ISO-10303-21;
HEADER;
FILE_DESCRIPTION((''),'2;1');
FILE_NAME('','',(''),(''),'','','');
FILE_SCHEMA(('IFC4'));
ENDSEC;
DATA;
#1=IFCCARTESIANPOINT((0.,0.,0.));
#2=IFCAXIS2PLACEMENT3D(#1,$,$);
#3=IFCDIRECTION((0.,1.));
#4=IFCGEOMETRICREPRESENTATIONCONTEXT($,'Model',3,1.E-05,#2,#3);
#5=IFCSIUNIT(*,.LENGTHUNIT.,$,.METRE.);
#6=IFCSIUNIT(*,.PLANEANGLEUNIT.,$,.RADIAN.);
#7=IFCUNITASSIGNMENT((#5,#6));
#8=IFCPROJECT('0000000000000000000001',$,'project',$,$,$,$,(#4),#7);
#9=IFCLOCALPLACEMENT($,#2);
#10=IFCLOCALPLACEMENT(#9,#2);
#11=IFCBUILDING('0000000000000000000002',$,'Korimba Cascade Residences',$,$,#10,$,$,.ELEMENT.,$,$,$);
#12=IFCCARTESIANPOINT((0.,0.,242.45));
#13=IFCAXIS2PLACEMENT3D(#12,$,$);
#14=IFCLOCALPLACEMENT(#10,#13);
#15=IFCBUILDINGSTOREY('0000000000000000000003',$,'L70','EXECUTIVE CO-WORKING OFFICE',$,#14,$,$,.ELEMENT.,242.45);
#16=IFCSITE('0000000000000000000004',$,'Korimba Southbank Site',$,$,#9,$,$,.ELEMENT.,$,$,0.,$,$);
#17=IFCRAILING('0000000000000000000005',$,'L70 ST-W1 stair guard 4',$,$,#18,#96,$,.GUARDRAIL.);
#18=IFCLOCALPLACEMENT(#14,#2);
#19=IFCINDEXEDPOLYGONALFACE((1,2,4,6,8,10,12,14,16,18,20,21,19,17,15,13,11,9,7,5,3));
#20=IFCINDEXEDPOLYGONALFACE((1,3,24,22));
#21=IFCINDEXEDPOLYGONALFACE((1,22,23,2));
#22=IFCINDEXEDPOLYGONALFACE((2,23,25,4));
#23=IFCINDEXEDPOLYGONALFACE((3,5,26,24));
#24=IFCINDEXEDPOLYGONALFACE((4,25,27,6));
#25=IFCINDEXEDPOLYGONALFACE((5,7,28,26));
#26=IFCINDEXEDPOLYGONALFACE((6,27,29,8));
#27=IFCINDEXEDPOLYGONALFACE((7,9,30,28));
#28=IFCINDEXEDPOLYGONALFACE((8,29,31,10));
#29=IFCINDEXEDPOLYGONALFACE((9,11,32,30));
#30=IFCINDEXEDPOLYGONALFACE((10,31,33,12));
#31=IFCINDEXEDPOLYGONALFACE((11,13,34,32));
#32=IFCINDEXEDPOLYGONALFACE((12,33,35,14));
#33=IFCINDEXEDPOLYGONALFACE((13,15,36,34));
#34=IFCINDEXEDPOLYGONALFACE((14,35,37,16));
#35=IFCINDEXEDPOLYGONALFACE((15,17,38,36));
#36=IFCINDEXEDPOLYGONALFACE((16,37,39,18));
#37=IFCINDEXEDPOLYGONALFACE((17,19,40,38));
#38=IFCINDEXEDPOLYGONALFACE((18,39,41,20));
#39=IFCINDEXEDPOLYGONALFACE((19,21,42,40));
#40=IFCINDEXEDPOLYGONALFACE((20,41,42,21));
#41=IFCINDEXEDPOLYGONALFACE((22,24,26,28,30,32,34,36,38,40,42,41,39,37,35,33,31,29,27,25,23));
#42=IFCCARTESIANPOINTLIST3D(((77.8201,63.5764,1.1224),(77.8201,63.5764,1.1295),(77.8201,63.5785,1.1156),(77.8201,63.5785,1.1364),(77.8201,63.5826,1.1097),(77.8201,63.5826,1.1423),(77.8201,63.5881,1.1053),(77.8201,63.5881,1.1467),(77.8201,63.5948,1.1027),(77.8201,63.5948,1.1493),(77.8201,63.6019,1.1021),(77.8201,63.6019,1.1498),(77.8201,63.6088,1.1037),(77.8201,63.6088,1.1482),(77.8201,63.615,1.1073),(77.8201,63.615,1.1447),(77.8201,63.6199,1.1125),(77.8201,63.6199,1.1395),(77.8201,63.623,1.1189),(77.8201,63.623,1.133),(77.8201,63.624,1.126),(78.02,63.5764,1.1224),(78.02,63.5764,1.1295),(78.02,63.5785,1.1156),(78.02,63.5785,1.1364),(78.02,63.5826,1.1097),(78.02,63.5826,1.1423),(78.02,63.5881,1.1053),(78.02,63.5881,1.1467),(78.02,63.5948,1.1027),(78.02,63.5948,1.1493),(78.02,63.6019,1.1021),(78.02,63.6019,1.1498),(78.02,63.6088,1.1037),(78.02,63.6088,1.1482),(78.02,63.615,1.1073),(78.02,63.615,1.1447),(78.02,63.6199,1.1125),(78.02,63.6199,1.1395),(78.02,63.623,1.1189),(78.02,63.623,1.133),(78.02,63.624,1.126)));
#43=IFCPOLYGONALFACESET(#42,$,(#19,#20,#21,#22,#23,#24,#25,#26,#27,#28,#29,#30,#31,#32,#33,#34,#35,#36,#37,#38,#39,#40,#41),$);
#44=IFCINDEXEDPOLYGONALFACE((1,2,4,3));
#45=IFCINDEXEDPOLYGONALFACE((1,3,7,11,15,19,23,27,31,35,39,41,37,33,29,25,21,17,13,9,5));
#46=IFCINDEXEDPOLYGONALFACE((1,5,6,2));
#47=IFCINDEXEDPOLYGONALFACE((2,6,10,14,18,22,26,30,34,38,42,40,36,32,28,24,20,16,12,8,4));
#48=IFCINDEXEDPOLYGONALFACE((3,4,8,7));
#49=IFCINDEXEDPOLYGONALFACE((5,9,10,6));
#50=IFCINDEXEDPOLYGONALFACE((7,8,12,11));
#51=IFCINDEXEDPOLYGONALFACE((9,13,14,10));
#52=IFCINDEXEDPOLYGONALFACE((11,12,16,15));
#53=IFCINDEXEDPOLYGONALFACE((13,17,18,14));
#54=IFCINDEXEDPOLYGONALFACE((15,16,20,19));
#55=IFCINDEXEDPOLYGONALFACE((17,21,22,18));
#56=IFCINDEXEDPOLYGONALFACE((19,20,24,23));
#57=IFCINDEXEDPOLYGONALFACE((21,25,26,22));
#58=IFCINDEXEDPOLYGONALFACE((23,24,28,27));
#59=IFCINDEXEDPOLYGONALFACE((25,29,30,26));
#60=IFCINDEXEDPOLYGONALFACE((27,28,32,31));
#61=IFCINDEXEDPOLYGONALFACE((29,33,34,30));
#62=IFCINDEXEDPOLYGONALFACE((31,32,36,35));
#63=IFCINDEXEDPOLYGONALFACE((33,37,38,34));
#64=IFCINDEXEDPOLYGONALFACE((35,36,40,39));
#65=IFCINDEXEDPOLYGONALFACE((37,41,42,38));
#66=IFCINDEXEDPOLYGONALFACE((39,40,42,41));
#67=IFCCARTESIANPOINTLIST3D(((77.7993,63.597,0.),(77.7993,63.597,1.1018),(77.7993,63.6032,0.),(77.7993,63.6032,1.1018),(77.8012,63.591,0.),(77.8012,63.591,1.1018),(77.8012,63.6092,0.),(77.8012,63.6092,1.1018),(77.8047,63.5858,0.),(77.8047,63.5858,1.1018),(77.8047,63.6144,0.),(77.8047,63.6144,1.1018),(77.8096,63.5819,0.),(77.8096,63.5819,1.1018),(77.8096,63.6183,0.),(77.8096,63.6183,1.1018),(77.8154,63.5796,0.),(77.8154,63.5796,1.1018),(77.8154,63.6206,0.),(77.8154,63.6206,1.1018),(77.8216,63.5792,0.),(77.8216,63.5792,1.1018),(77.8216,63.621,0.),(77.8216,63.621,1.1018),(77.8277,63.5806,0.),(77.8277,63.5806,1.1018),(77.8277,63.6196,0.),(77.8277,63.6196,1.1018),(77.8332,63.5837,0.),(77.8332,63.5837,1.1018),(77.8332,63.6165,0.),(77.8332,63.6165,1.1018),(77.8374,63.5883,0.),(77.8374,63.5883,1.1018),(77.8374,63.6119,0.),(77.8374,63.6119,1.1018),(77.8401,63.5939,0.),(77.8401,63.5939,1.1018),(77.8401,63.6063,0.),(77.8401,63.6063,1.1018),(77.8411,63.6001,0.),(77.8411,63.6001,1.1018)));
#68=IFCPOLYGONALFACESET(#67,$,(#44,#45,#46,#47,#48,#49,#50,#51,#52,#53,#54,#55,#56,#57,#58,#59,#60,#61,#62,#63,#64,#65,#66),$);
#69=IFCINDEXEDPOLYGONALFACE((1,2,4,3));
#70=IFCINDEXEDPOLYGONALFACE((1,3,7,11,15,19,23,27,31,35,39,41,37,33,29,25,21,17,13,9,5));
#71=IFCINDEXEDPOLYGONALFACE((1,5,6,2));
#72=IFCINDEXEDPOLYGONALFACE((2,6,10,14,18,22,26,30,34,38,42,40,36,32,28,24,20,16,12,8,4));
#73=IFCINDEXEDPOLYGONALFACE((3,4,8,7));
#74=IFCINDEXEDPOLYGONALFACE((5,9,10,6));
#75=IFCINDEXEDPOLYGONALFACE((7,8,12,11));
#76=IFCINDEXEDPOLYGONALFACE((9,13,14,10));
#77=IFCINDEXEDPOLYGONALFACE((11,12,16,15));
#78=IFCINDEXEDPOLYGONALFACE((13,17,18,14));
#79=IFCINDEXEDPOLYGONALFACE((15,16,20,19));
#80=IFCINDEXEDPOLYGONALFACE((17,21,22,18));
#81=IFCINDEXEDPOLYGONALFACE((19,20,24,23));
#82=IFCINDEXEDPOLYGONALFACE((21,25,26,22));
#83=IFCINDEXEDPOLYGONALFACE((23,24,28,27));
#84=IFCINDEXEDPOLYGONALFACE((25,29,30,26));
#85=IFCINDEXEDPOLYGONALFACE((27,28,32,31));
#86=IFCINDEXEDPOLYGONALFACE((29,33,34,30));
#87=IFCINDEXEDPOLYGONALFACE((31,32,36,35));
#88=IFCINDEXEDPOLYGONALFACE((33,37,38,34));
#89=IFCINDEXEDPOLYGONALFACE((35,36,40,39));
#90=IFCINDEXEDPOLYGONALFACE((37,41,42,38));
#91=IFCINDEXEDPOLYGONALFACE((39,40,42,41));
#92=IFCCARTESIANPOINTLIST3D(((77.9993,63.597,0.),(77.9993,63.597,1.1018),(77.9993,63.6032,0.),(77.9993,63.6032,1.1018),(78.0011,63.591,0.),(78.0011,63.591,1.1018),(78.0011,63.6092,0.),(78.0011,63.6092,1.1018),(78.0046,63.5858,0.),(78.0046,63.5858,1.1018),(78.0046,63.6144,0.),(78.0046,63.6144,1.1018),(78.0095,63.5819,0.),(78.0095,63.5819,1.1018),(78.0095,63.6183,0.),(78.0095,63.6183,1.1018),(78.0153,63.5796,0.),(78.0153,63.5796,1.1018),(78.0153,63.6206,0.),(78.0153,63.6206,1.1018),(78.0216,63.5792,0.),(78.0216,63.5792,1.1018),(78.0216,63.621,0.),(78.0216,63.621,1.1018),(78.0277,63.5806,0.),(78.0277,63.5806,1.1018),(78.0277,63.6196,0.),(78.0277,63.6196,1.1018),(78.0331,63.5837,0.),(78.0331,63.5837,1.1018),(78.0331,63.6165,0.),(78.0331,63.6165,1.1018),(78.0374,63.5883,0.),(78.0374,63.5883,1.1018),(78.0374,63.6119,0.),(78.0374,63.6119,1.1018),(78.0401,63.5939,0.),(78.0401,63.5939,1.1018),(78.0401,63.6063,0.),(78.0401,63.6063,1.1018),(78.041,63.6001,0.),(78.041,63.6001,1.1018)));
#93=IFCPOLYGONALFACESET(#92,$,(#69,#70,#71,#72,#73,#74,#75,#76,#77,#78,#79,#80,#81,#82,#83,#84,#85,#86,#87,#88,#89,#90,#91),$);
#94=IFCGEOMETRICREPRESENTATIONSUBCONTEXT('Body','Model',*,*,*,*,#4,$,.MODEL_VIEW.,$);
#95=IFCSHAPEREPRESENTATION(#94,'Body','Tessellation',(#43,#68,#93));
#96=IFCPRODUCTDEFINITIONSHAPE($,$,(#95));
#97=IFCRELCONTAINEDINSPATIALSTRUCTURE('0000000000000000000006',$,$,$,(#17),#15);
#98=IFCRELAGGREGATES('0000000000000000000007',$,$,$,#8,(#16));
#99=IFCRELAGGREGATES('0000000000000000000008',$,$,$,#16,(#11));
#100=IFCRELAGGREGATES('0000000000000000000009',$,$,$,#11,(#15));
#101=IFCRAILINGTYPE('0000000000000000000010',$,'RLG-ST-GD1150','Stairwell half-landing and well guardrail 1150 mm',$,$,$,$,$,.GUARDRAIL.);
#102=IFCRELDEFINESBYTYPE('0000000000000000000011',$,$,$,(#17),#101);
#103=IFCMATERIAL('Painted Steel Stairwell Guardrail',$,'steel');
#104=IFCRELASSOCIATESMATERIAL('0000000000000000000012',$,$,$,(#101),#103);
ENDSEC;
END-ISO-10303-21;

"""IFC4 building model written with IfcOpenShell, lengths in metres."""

from ifc_helpers import new_model, si_unit, direction, frame, origin, origin_2d, place, context, subcontext, project, spatial, circle, extrude, material, type_object, element, save


model = new_model("IFC4")

# Units and contexts
model_context = context("Model", 3, precision=1e-05, world=origin(), true_north=direction((0.0, 1.0)))
body_context = subcontext(model_context, "Body", "Model", "MODEL_VIEW")
ifc_project = project(units=[si_unit("LENGTHUNIT", "METRE"), si_unit("PLANEANGLEUNIT", "RADIAN")], contexts=[model_context])

# Site, building, storey
site_placement = place(None, origin())
site = spatial("IfcSite", under=ifc_project, at=site_placement, Name="Korimba Southbank Site", CompositionType="ELEMENT", RefElevation=0.0)
building_placement = place(site_placement, origin())
building = spatial("IfcBuilding", under=site, at=building_placement, Name="Korimba Cascade Residences", CompositionType="ELEMENT")
storey_placement = place(building_placement, frame((0.0, 0.0, 242.45)))
storey = spatial("IfcBuildingStorey", under=building, at=storey_placement, Name="L70", Description="EXECUTIVE CO-WORKING OFFICE", CompositionType="ELEMENT", Elevation=242.45)

# Railing
ifc_material_1 = material(Name="Painted Steel Stairwell Guardrail", Category="steel")
railing_type_1 = type_object("IfcRailingType", Name="RLG-ST-GD1150", Description="Stairwell half-landing and well guardrail 1150 mm", PredefinedType="GUARDRAIL", material=ifc_material_1)
railing_1_placement = place(storey_placement, frame((77.8201, 63.6001, 0.0)))
element("IfcRailing", 1, at=railing_1_placement, inside=storey, type_object=railing_type_1, Name="L70 ST-W1 stair guard 4", PredefinedType="GUARDRAIL", context=body_context, shape_type="SweptSolid", body=[
    extrude(circle(Radius=0.0239, at=origin_2d()), frame((0.0, 0.0, 1.126), z_axis=(1.0, 0.0, 0.0), x_axis=(0.0, 1.0, 0.0)), (0.0, 0.0, 1.0), 0.2),
    extrude(circle(Radius=0.021, at=origin_2d()), origin(), (0.0, 0.0, 1.0), 1.1018),
    extrude(circle(Radius=0.021, at=origin_2d()), frame((0.2, 0.0, 0.0)), (0.0, 0.0, 1.0), 1.1018),
])

save(model, "model.ifc")
